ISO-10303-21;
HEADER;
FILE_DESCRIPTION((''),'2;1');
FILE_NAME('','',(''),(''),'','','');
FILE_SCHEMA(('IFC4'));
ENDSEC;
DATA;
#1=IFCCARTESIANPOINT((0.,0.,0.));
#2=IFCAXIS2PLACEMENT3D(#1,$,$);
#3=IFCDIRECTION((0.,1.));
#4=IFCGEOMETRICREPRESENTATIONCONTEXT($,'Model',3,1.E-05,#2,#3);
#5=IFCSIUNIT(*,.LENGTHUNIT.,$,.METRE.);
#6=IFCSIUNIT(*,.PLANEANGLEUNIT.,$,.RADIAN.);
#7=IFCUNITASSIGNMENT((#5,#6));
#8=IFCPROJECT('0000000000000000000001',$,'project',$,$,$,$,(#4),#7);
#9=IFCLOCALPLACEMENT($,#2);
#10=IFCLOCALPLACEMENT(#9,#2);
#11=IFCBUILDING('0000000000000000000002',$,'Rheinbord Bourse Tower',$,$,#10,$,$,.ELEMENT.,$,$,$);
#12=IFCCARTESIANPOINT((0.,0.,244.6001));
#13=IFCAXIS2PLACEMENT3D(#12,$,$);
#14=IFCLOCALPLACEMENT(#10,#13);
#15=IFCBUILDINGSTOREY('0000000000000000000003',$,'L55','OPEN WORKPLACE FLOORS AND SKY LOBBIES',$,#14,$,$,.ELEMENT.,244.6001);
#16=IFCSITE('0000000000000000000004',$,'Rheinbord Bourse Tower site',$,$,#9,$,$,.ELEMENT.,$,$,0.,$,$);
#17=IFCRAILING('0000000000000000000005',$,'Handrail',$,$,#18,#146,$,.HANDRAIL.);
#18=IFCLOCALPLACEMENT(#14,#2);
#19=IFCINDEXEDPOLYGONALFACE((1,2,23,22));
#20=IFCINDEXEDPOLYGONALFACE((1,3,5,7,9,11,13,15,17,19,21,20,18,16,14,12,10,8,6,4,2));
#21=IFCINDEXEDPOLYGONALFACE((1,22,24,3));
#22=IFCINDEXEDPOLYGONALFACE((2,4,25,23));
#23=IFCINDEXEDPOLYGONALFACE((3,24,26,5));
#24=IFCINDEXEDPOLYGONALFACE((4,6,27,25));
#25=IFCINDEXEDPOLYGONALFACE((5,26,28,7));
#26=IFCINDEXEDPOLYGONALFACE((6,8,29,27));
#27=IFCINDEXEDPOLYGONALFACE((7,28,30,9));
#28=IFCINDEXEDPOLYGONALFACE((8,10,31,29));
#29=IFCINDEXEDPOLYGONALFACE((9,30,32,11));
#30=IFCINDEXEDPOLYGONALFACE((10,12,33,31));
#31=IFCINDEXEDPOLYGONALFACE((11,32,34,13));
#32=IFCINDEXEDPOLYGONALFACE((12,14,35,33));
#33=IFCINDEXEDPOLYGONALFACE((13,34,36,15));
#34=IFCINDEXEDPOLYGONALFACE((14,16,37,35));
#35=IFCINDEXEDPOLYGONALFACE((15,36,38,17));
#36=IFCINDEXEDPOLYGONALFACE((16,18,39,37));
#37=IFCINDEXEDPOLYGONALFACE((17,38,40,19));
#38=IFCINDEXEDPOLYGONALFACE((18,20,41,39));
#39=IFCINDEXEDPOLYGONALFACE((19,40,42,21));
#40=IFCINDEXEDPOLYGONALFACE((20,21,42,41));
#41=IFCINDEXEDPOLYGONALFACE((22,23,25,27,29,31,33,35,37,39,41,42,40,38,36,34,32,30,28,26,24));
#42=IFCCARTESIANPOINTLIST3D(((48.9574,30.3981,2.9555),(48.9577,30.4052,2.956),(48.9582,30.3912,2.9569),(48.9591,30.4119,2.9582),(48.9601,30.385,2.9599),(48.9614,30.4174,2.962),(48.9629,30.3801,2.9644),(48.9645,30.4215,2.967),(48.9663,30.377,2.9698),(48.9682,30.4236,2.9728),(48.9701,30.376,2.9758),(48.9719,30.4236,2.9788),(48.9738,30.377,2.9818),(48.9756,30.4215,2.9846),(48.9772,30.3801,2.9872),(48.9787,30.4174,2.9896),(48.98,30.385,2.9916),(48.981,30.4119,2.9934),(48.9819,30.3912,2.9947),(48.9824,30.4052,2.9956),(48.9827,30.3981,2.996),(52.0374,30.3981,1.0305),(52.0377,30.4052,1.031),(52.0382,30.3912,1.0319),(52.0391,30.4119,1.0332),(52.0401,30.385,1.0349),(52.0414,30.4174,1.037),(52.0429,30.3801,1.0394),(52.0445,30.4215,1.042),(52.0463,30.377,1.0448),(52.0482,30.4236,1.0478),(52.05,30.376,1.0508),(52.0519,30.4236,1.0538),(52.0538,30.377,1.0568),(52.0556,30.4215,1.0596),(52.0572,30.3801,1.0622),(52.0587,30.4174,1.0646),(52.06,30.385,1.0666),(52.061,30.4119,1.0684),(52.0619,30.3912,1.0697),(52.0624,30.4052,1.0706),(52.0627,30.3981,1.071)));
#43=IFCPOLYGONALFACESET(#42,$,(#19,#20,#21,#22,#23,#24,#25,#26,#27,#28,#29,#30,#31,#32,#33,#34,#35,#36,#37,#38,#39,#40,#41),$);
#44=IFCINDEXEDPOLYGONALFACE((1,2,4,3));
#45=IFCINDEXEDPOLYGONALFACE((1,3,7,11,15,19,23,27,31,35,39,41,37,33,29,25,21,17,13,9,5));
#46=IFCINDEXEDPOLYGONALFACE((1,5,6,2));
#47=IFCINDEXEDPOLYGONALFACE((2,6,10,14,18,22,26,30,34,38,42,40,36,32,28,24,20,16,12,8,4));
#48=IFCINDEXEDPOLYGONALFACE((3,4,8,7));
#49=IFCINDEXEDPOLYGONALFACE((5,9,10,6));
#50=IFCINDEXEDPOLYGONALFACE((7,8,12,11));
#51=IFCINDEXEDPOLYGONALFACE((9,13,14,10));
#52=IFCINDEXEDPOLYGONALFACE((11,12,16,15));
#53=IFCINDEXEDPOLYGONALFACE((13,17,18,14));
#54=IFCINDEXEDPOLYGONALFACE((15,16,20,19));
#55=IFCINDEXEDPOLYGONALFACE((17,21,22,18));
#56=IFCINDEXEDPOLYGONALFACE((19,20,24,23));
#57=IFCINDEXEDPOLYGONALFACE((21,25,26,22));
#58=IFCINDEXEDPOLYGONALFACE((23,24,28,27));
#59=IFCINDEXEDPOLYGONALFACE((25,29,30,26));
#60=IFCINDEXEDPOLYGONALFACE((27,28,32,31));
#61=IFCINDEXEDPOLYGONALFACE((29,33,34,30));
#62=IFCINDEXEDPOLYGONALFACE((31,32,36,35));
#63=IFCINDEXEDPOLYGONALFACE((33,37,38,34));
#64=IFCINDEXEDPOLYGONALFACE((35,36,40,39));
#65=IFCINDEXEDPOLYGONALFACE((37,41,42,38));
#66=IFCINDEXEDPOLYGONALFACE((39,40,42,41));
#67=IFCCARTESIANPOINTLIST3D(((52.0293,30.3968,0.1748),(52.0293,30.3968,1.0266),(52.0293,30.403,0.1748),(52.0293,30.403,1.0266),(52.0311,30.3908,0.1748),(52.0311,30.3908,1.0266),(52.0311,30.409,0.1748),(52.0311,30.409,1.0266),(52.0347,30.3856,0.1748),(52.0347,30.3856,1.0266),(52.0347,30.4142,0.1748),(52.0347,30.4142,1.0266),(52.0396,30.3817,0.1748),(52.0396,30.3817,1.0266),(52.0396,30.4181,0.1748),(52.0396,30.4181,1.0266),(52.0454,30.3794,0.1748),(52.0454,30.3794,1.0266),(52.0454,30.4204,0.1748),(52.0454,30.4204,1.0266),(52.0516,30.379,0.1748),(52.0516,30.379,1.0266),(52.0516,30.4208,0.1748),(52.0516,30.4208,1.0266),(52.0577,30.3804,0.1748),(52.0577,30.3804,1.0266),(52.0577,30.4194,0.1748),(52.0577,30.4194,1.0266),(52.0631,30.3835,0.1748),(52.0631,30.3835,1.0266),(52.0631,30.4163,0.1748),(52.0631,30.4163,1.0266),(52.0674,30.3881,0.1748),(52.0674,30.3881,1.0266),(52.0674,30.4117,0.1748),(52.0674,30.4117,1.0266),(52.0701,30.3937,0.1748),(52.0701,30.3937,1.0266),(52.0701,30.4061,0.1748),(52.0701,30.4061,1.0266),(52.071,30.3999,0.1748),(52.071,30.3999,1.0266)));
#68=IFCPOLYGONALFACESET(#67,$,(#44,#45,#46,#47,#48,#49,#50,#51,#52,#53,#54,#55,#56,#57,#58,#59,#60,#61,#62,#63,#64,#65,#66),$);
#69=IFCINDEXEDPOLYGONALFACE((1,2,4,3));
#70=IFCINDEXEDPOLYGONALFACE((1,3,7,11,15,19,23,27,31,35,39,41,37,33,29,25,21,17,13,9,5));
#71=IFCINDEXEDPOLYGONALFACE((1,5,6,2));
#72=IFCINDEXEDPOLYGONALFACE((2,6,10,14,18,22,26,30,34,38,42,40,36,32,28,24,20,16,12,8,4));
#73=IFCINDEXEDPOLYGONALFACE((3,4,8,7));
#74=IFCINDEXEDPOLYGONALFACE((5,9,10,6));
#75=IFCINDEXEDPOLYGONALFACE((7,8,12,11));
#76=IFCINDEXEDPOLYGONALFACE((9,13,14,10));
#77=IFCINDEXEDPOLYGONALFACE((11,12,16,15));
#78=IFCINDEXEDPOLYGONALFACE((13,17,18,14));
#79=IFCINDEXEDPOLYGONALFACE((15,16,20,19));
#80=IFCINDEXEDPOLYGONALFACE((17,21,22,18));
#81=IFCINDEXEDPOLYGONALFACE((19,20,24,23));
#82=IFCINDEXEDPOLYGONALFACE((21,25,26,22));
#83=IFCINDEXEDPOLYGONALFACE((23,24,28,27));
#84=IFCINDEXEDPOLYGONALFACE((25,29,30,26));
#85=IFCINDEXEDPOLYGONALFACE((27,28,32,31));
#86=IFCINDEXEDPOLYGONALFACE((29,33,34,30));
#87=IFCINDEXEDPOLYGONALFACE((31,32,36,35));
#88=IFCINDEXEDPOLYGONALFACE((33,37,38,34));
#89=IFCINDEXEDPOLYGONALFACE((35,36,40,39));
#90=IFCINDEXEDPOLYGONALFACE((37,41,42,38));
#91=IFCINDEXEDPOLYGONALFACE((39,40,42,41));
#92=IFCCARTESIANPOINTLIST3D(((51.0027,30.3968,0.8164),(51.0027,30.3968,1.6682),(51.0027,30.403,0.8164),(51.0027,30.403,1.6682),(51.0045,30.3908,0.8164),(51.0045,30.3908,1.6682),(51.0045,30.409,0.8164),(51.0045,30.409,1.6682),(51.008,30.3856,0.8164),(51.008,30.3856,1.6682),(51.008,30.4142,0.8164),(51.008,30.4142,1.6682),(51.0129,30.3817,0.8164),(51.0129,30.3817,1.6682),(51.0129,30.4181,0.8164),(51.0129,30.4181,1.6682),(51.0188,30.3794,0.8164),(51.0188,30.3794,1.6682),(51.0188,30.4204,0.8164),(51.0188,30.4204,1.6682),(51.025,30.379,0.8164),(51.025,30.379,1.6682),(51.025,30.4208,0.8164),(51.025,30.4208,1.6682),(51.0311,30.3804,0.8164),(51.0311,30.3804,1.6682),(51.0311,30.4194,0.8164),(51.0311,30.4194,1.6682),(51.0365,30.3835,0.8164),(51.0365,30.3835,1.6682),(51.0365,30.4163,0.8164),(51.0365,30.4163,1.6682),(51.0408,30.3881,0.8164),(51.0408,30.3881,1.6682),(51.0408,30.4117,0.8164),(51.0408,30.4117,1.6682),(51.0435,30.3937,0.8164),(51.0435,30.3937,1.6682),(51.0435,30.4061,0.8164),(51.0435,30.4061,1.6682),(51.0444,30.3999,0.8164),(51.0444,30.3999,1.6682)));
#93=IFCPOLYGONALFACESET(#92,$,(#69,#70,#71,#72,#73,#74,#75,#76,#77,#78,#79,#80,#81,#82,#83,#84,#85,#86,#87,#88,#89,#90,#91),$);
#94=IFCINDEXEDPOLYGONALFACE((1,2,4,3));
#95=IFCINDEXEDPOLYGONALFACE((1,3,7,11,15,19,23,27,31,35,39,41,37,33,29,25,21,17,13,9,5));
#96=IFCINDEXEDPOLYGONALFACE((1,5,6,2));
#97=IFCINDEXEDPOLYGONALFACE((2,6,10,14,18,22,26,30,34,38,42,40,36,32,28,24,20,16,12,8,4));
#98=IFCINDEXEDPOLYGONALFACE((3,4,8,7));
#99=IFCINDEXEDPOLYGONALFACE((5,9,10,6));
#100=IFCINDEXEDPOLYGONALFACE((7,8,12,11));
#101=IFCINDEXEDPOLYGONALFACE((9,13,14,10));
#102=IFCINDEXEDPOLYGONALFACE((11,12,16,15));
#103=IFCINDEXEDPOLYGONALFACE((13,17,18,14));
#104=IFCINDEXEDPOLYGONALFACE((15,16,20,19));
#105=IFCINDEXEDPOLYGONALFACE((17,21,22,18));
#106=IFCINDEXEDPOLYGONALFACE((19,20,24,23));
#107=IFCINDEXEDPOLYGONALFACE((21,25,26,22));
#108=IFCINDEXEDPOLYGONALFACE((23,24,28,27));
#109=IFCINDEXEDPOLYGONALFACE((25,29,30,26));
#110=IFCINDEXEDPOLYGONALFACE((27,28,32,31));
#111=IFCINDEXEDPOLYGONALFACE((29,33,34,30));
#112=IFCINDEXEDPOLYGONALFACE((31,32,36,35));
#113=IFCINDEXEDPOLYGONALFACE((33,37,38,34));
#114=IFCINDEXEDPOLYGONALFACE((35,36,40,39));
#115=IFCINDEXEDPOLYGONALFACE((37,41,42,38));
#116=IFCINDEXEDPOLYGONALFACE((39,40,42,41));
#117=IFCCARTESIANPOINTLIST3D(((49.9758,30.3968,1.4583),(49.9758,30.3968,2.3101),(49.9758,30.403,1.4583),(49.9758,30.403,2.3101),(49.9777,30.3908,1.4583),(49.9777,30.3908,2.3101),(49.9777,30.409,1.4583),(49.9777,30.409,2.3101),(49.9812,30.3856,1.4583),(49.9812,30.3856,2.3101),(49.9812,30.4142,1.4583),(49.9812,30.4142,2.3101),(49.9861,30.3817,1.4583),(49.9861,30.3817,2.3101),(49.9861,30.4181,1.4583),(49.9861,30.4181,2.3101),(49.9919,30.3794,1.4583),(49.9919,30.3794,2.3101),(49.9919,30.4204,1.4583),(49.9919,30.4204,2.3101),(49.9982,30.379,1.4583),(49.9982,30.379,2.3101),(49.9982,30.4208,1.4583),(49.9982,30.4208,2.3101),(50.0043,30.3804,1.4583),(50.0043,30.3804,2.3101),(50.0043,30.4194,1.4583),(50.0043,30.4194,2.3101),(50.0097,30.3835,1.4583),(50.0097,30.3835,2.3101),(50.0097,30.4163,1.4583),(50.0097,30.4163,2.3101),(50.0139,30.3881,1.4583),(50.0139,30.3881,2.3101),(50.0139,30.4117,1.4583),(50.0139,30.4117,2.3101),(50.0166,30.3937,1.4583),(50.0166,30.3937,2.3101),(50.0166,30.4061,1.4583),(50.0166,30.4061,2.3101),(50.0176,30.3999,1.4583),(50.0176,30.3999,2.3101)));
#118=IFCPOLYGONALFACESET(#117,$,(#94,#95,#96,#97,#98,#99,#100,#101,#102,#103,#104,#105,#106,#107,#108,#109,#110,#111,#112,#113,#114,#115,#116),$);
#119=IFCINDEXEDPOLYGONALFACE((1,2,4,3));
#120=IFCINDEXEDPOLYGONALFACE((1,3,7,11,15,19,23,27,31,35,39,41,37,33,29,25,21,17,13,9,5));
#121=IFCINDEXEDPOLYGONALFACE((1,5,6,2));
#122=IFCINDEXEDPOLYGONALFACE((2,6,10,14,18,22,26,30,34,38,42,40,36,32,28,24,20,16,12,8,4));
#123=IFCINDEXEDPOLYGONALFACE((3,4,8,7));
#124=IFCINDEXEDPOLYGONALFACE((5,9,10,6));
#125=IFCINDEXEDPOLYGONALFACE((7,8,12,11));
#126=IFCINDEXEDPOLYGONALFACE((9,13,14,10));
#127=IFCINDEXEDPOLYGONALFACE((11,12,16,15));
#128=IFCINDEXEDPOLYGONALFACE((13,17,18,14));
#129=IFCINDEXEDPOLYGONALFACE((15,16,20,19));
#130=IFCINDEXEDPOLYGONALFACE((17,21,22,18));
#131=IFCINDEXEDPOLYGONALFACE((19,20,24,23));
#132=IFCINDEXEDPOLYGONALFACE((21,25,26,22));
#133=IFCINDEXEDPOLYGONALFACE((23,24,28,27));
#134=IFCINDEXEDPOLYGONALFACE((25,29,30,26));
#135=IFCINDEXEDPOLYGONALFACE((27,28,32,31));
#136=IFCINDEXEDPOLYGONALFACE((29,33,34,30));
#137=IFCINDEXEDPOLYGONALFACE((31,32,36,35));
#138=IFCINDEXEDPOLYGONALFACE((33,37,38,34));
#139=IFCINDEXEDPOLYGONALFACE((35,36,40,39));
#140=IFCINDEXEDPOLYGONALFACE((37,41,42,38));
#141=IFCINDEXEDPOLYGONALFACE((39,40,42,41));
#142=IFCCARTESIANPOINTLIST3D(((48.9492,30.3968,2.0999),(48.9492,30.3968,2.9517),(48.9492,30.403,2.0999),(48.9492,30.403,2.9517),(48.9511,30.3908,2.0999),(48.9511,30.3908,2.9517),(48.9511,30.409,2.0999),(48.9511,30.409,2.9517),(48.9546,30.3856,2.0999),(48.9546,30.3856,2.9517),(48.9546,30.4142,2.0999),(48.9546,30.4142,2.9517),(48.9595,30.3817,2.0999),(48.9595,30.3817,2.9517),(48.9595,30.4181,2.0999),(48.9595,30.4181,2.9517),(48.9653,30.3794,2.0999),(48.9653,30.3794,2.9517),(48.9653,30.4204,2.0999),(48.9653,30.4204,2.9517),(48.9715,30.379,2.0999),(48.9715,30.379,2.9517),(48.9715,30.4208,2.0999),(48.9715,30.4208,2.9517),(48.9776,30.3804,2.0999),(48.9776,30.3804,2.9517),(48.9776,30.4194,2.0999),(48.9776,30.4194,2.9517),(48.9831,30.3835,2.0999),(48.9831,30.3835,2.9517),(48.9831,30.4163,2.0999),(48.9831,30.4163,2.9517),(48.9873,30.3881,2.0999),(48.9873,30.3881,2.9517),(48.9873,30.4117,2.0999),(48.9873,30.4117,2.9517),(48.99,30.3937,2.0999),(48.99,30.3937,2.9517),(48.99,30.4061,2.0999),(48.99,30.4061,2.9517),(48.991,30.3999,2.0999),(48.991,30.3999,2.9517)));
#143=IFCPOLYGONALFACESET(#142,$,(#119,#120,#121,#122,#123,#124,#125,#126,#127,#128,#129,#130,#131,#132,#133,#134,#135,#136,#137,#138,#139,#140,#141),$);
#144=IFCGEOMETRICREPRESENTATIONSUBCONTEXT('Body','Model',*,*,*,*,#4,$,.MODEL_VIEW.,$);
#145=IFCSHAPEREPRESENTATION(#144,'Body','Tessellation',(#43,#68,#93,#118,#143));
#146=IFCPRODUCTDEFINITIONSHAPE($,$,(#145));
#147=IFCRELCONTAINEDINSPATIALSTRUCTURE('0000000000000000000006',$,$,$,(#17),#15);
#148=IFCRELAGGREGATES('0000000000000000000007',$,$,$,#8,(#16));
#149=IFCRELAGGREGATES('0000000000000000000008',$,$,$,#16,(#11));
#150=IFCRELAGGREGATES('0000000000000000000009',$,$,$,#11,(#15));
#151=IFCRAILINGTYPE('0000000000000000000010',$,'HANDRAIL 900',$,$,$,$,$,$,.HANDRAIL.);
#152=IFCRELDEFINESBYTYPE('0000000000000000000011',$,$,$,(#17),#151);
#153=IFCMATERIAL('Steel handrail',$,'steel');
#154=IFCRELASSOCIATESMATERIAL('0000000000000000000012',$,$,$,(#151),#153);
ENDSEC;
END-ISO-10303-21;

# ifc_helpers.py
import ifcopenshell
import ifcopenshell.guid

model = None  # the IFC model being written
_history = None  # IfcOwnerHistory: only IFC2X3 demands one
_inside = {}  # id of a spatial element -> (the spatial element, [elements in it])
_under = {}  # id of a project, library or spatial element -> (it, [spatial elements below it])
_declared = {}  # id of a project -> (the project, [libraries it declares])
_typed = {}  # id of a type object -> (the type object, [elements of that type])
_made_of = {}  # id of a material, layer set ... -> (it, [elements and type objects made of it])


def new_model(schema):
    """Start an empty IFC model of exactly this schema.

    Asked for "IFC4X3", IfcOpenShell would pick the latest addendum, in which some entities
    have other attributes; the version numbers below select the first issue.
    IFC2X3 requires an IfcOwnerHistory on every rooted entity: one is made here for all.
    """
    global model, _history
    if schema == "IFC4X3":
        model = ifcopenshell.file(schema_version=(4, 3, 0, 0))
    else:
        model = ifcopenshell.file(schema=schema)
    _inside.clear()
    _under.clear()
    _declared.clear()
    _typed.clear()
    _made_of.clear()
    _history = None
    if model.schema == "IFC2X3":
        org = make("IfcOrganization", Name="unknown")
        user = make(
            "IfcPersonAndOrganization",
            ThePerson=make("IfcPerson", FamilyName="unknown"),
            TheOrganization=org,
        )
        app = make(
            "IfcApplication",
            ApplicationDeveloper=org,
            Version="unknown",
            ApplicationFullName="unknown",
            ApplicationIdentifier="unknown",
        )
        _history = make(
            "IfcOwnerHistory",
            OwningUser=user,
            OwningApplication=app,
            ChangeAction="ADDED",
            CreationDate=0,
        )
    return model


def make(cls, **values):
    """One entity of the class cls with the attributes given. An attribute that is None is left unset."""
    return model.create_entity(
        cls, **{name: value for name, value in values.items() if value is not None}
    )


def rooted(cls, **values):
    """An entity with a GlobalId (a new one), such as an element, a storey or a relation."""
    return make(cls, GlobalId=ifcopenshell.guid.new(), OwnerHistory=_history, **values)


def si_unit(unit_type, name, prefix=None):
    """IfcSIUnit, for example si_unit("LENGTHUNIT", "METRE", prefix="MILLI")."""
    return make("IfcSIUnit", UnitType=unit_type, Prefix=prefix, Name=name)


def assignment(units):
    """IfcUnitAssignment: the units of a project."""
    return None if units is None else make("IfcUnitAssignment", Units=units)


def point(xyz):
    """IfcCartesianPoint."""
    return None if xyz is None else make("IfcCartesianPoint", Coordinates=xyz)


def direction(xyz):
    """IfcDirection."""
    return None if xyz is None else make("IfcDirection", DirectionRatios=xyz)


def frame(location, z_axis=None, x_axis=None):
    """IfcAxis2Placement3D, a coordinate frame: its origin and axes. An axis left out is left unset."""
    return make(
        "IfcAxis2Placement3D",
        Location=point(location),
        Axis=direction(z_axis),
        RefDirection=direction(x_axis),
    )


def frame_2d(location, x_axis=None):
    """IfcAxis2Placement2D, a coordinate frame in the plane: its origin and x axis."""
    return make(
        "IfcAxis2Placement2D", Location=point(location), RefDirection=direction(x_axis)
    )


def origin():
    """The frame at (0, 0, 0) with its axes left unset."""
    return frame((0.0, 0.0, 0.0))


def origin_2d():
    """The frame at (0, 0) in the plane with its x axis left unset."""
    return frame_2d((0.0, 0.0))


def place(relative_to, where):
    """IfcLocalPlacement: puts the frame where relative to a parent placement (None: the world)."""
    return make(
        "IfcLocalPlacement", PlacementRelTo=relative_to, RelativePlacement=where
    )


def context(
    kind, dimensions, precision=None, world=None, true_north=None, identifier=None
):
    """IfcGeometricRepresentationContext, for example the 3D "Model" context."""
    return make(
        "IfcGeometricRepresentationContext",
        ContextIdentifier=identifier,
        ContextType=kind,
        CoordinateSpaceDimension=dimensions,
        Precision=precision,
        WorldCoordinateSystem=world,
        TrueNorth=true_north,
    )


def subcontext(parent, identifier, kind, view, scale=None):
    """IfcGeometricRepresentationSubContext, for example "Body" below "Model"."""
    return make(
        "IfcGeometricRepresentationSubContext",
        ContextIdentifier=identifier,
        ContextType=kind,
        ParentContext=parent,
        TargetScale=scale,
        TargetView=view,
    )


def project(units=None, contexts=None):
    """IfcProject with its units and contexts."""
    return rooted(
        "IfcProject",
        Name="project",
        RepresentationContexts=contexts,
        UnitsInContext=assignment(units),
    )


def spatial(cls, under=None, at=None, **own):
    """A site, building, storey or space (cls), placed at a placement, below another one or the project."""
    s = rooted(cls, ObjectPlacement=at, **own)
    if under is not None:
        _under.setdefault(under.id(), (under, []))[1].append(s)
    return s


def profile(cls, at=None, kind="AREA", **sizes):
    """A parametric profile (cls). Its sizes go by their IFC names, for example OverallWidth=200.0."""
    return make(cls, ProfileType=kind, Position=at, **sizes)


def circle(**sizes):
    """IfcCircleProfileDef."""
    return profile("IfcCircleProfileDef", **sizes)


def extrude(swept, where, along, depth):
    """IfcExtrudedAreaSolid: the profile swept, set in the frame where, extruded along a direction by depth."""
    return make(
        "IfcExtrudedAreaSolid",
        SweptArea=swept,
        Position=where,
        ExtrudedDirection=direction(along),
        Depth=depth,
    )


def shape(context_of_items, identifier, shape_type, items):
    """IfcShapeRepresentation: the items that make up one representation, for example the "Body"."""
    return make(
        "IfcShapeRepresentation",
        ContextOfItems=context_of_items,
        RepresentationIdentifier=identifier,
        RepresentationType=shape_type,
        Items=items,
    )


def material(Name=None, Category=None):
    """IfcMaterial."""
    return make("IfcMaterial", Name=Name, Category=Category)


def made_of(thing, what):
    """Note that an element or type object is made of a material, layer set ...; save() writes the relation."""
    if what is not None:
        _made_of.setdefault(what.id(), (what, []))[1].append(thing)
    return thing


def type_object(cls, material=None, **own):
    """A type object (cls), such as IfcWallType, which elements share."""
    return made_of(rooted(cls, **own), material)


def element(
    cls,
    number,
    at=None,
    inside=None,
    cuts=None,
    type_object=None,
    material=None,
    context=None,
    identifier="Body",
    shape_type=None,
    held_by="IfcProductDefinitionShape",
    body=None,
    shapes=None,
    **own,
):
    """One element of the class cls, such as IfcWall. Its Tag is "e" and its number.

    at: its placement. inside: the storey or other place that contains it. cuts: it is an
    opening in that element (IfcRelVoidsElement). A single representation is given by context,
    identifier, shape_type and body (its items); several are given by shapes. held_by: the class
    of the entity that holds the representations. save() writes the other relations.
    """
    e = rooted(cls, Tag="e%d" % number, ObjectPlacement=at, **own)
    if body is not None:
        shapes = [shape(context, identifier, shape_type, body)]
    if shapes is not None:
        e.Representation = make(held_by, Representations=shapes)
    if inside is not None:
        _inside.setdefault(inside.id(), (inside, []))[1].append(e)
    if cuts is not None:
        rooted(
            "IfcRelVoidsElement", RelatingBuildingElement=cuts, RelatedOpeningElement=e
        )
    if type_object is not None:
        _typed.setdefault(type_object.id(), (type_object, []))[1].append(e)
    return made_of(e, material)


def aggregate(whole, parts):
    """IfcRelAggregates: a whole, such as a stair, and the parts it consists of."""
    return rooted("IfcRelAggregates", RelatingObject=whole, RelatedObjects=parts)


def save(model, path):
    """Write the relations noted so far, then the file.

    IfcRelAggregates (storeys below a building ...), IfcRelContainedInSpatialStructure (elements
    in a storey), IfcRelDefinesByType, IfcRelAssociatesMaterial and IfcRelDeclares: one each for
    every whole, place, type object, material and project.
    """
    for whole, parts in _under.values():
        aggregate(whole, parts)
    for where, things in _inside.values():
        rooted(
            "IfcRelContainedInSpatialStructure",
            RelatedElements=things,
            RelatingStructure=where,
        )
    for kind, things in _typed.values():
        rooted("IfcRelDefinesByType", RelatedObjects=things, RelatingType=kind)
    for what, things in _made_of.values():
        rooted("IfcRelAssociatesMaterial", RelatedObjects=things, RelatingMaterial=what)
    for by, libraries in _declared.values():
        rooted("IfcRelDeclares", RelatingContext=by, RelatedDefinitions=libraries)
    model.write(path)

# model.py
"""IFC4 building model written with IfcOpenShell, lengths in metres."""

from ifc_helpers import new_model, si_unit, direction, frame, origin, origin_2d, place, context, subcontext, project, spatial, circle, extrude, material, type_object, element, save


model = new_model("IFC4")

# Units and contexts
model_context = context("Model", 3, precision=1e-05, world=origin(), true_north=direction((0.0, 1.0)))
body_context = subcontext(model_context, "Body", "Model", "MODEL_VIEW")
ifc_project = project(units=[si_unit("LENGTHUNIT", "METRE"), si_unit("PLANEANGLEUNIT", "RADIAN")], contexts=[model_context])

# Site, building, storey
site_placement = place(None, origin())
site = spatial("IfcSite", under=ifc_project, at=site_placement, Name="Rheinbord Bourse Tower site", CompositionType="ELEMENT", RefElevation=0.0)
building_placement = place(site_placement, origin())
building = spatial("IfcBuilding", under=site, at=building_placement, Name="Rheinbord Bourse Tower", CompositionType="ELEMENT")
storey_placement = place(building_placement, frame((0.0, 0.0, 244.6001)))
storey = spatial("IfcBuildingStorey", under=building, at=storey_placement, Name="L55", Description="OPEN WORKPLACE FLOORS AND SKY LOBBIES", CompositionType="ELEMENT", Elevation=244.6001)

# Railing
ifc_material_1 = material(Name="Steel handrail", Category="steel")
railing_type = type_object("IfcRailingType", Name="HANDRAIL 900", PredefinedType="HANDRAIL", material=ifc_material_1)
railing_1_placement = place(storey_placement, frame((52.05, 30.3999, 0.1748)))
element("IfcRailing", 1, at=railing_1_placement, inside=storey, type_object=railing_type, Name="Handrail", PredefinedType="HANDRAIL", context=body_context, shape_type="SweptSolid", body=[
    extrude(circle(Radius=0.0239, at=origin_2d()), frame((0.0, 0.0, 0.876), z_axis=(-0.847998, 0.0, 0.529999), x_axis=(0.0, -1.0, 0.0)), (0.0, 0.0, 1.0), 3.6321),
    extrude(circle(Radius=0.021, at=origin_2d()), origin(), (0.0, 0.0, 1.0), 0.8518),
    extrude(circle(Radius=0.021, at=origin_2d()), frame((-1.0266, 0.0, 0.6416)), (0.0, 0.0, 1.0), 0.8518),
    extrude(circle(Radius=0.021, at=origin_2d()), frame((-2.0535, 0.0, 1.2834)), (0.0, 0.0, 1.0), 0.8518),
    extrude(circle(Radius=0.021, at=origin_2d()), frame((-3.0801, 0.0, 1.925)), (0.0, 0.0, 1.0), 0.8518),
])

save(model, "model.ifc")
